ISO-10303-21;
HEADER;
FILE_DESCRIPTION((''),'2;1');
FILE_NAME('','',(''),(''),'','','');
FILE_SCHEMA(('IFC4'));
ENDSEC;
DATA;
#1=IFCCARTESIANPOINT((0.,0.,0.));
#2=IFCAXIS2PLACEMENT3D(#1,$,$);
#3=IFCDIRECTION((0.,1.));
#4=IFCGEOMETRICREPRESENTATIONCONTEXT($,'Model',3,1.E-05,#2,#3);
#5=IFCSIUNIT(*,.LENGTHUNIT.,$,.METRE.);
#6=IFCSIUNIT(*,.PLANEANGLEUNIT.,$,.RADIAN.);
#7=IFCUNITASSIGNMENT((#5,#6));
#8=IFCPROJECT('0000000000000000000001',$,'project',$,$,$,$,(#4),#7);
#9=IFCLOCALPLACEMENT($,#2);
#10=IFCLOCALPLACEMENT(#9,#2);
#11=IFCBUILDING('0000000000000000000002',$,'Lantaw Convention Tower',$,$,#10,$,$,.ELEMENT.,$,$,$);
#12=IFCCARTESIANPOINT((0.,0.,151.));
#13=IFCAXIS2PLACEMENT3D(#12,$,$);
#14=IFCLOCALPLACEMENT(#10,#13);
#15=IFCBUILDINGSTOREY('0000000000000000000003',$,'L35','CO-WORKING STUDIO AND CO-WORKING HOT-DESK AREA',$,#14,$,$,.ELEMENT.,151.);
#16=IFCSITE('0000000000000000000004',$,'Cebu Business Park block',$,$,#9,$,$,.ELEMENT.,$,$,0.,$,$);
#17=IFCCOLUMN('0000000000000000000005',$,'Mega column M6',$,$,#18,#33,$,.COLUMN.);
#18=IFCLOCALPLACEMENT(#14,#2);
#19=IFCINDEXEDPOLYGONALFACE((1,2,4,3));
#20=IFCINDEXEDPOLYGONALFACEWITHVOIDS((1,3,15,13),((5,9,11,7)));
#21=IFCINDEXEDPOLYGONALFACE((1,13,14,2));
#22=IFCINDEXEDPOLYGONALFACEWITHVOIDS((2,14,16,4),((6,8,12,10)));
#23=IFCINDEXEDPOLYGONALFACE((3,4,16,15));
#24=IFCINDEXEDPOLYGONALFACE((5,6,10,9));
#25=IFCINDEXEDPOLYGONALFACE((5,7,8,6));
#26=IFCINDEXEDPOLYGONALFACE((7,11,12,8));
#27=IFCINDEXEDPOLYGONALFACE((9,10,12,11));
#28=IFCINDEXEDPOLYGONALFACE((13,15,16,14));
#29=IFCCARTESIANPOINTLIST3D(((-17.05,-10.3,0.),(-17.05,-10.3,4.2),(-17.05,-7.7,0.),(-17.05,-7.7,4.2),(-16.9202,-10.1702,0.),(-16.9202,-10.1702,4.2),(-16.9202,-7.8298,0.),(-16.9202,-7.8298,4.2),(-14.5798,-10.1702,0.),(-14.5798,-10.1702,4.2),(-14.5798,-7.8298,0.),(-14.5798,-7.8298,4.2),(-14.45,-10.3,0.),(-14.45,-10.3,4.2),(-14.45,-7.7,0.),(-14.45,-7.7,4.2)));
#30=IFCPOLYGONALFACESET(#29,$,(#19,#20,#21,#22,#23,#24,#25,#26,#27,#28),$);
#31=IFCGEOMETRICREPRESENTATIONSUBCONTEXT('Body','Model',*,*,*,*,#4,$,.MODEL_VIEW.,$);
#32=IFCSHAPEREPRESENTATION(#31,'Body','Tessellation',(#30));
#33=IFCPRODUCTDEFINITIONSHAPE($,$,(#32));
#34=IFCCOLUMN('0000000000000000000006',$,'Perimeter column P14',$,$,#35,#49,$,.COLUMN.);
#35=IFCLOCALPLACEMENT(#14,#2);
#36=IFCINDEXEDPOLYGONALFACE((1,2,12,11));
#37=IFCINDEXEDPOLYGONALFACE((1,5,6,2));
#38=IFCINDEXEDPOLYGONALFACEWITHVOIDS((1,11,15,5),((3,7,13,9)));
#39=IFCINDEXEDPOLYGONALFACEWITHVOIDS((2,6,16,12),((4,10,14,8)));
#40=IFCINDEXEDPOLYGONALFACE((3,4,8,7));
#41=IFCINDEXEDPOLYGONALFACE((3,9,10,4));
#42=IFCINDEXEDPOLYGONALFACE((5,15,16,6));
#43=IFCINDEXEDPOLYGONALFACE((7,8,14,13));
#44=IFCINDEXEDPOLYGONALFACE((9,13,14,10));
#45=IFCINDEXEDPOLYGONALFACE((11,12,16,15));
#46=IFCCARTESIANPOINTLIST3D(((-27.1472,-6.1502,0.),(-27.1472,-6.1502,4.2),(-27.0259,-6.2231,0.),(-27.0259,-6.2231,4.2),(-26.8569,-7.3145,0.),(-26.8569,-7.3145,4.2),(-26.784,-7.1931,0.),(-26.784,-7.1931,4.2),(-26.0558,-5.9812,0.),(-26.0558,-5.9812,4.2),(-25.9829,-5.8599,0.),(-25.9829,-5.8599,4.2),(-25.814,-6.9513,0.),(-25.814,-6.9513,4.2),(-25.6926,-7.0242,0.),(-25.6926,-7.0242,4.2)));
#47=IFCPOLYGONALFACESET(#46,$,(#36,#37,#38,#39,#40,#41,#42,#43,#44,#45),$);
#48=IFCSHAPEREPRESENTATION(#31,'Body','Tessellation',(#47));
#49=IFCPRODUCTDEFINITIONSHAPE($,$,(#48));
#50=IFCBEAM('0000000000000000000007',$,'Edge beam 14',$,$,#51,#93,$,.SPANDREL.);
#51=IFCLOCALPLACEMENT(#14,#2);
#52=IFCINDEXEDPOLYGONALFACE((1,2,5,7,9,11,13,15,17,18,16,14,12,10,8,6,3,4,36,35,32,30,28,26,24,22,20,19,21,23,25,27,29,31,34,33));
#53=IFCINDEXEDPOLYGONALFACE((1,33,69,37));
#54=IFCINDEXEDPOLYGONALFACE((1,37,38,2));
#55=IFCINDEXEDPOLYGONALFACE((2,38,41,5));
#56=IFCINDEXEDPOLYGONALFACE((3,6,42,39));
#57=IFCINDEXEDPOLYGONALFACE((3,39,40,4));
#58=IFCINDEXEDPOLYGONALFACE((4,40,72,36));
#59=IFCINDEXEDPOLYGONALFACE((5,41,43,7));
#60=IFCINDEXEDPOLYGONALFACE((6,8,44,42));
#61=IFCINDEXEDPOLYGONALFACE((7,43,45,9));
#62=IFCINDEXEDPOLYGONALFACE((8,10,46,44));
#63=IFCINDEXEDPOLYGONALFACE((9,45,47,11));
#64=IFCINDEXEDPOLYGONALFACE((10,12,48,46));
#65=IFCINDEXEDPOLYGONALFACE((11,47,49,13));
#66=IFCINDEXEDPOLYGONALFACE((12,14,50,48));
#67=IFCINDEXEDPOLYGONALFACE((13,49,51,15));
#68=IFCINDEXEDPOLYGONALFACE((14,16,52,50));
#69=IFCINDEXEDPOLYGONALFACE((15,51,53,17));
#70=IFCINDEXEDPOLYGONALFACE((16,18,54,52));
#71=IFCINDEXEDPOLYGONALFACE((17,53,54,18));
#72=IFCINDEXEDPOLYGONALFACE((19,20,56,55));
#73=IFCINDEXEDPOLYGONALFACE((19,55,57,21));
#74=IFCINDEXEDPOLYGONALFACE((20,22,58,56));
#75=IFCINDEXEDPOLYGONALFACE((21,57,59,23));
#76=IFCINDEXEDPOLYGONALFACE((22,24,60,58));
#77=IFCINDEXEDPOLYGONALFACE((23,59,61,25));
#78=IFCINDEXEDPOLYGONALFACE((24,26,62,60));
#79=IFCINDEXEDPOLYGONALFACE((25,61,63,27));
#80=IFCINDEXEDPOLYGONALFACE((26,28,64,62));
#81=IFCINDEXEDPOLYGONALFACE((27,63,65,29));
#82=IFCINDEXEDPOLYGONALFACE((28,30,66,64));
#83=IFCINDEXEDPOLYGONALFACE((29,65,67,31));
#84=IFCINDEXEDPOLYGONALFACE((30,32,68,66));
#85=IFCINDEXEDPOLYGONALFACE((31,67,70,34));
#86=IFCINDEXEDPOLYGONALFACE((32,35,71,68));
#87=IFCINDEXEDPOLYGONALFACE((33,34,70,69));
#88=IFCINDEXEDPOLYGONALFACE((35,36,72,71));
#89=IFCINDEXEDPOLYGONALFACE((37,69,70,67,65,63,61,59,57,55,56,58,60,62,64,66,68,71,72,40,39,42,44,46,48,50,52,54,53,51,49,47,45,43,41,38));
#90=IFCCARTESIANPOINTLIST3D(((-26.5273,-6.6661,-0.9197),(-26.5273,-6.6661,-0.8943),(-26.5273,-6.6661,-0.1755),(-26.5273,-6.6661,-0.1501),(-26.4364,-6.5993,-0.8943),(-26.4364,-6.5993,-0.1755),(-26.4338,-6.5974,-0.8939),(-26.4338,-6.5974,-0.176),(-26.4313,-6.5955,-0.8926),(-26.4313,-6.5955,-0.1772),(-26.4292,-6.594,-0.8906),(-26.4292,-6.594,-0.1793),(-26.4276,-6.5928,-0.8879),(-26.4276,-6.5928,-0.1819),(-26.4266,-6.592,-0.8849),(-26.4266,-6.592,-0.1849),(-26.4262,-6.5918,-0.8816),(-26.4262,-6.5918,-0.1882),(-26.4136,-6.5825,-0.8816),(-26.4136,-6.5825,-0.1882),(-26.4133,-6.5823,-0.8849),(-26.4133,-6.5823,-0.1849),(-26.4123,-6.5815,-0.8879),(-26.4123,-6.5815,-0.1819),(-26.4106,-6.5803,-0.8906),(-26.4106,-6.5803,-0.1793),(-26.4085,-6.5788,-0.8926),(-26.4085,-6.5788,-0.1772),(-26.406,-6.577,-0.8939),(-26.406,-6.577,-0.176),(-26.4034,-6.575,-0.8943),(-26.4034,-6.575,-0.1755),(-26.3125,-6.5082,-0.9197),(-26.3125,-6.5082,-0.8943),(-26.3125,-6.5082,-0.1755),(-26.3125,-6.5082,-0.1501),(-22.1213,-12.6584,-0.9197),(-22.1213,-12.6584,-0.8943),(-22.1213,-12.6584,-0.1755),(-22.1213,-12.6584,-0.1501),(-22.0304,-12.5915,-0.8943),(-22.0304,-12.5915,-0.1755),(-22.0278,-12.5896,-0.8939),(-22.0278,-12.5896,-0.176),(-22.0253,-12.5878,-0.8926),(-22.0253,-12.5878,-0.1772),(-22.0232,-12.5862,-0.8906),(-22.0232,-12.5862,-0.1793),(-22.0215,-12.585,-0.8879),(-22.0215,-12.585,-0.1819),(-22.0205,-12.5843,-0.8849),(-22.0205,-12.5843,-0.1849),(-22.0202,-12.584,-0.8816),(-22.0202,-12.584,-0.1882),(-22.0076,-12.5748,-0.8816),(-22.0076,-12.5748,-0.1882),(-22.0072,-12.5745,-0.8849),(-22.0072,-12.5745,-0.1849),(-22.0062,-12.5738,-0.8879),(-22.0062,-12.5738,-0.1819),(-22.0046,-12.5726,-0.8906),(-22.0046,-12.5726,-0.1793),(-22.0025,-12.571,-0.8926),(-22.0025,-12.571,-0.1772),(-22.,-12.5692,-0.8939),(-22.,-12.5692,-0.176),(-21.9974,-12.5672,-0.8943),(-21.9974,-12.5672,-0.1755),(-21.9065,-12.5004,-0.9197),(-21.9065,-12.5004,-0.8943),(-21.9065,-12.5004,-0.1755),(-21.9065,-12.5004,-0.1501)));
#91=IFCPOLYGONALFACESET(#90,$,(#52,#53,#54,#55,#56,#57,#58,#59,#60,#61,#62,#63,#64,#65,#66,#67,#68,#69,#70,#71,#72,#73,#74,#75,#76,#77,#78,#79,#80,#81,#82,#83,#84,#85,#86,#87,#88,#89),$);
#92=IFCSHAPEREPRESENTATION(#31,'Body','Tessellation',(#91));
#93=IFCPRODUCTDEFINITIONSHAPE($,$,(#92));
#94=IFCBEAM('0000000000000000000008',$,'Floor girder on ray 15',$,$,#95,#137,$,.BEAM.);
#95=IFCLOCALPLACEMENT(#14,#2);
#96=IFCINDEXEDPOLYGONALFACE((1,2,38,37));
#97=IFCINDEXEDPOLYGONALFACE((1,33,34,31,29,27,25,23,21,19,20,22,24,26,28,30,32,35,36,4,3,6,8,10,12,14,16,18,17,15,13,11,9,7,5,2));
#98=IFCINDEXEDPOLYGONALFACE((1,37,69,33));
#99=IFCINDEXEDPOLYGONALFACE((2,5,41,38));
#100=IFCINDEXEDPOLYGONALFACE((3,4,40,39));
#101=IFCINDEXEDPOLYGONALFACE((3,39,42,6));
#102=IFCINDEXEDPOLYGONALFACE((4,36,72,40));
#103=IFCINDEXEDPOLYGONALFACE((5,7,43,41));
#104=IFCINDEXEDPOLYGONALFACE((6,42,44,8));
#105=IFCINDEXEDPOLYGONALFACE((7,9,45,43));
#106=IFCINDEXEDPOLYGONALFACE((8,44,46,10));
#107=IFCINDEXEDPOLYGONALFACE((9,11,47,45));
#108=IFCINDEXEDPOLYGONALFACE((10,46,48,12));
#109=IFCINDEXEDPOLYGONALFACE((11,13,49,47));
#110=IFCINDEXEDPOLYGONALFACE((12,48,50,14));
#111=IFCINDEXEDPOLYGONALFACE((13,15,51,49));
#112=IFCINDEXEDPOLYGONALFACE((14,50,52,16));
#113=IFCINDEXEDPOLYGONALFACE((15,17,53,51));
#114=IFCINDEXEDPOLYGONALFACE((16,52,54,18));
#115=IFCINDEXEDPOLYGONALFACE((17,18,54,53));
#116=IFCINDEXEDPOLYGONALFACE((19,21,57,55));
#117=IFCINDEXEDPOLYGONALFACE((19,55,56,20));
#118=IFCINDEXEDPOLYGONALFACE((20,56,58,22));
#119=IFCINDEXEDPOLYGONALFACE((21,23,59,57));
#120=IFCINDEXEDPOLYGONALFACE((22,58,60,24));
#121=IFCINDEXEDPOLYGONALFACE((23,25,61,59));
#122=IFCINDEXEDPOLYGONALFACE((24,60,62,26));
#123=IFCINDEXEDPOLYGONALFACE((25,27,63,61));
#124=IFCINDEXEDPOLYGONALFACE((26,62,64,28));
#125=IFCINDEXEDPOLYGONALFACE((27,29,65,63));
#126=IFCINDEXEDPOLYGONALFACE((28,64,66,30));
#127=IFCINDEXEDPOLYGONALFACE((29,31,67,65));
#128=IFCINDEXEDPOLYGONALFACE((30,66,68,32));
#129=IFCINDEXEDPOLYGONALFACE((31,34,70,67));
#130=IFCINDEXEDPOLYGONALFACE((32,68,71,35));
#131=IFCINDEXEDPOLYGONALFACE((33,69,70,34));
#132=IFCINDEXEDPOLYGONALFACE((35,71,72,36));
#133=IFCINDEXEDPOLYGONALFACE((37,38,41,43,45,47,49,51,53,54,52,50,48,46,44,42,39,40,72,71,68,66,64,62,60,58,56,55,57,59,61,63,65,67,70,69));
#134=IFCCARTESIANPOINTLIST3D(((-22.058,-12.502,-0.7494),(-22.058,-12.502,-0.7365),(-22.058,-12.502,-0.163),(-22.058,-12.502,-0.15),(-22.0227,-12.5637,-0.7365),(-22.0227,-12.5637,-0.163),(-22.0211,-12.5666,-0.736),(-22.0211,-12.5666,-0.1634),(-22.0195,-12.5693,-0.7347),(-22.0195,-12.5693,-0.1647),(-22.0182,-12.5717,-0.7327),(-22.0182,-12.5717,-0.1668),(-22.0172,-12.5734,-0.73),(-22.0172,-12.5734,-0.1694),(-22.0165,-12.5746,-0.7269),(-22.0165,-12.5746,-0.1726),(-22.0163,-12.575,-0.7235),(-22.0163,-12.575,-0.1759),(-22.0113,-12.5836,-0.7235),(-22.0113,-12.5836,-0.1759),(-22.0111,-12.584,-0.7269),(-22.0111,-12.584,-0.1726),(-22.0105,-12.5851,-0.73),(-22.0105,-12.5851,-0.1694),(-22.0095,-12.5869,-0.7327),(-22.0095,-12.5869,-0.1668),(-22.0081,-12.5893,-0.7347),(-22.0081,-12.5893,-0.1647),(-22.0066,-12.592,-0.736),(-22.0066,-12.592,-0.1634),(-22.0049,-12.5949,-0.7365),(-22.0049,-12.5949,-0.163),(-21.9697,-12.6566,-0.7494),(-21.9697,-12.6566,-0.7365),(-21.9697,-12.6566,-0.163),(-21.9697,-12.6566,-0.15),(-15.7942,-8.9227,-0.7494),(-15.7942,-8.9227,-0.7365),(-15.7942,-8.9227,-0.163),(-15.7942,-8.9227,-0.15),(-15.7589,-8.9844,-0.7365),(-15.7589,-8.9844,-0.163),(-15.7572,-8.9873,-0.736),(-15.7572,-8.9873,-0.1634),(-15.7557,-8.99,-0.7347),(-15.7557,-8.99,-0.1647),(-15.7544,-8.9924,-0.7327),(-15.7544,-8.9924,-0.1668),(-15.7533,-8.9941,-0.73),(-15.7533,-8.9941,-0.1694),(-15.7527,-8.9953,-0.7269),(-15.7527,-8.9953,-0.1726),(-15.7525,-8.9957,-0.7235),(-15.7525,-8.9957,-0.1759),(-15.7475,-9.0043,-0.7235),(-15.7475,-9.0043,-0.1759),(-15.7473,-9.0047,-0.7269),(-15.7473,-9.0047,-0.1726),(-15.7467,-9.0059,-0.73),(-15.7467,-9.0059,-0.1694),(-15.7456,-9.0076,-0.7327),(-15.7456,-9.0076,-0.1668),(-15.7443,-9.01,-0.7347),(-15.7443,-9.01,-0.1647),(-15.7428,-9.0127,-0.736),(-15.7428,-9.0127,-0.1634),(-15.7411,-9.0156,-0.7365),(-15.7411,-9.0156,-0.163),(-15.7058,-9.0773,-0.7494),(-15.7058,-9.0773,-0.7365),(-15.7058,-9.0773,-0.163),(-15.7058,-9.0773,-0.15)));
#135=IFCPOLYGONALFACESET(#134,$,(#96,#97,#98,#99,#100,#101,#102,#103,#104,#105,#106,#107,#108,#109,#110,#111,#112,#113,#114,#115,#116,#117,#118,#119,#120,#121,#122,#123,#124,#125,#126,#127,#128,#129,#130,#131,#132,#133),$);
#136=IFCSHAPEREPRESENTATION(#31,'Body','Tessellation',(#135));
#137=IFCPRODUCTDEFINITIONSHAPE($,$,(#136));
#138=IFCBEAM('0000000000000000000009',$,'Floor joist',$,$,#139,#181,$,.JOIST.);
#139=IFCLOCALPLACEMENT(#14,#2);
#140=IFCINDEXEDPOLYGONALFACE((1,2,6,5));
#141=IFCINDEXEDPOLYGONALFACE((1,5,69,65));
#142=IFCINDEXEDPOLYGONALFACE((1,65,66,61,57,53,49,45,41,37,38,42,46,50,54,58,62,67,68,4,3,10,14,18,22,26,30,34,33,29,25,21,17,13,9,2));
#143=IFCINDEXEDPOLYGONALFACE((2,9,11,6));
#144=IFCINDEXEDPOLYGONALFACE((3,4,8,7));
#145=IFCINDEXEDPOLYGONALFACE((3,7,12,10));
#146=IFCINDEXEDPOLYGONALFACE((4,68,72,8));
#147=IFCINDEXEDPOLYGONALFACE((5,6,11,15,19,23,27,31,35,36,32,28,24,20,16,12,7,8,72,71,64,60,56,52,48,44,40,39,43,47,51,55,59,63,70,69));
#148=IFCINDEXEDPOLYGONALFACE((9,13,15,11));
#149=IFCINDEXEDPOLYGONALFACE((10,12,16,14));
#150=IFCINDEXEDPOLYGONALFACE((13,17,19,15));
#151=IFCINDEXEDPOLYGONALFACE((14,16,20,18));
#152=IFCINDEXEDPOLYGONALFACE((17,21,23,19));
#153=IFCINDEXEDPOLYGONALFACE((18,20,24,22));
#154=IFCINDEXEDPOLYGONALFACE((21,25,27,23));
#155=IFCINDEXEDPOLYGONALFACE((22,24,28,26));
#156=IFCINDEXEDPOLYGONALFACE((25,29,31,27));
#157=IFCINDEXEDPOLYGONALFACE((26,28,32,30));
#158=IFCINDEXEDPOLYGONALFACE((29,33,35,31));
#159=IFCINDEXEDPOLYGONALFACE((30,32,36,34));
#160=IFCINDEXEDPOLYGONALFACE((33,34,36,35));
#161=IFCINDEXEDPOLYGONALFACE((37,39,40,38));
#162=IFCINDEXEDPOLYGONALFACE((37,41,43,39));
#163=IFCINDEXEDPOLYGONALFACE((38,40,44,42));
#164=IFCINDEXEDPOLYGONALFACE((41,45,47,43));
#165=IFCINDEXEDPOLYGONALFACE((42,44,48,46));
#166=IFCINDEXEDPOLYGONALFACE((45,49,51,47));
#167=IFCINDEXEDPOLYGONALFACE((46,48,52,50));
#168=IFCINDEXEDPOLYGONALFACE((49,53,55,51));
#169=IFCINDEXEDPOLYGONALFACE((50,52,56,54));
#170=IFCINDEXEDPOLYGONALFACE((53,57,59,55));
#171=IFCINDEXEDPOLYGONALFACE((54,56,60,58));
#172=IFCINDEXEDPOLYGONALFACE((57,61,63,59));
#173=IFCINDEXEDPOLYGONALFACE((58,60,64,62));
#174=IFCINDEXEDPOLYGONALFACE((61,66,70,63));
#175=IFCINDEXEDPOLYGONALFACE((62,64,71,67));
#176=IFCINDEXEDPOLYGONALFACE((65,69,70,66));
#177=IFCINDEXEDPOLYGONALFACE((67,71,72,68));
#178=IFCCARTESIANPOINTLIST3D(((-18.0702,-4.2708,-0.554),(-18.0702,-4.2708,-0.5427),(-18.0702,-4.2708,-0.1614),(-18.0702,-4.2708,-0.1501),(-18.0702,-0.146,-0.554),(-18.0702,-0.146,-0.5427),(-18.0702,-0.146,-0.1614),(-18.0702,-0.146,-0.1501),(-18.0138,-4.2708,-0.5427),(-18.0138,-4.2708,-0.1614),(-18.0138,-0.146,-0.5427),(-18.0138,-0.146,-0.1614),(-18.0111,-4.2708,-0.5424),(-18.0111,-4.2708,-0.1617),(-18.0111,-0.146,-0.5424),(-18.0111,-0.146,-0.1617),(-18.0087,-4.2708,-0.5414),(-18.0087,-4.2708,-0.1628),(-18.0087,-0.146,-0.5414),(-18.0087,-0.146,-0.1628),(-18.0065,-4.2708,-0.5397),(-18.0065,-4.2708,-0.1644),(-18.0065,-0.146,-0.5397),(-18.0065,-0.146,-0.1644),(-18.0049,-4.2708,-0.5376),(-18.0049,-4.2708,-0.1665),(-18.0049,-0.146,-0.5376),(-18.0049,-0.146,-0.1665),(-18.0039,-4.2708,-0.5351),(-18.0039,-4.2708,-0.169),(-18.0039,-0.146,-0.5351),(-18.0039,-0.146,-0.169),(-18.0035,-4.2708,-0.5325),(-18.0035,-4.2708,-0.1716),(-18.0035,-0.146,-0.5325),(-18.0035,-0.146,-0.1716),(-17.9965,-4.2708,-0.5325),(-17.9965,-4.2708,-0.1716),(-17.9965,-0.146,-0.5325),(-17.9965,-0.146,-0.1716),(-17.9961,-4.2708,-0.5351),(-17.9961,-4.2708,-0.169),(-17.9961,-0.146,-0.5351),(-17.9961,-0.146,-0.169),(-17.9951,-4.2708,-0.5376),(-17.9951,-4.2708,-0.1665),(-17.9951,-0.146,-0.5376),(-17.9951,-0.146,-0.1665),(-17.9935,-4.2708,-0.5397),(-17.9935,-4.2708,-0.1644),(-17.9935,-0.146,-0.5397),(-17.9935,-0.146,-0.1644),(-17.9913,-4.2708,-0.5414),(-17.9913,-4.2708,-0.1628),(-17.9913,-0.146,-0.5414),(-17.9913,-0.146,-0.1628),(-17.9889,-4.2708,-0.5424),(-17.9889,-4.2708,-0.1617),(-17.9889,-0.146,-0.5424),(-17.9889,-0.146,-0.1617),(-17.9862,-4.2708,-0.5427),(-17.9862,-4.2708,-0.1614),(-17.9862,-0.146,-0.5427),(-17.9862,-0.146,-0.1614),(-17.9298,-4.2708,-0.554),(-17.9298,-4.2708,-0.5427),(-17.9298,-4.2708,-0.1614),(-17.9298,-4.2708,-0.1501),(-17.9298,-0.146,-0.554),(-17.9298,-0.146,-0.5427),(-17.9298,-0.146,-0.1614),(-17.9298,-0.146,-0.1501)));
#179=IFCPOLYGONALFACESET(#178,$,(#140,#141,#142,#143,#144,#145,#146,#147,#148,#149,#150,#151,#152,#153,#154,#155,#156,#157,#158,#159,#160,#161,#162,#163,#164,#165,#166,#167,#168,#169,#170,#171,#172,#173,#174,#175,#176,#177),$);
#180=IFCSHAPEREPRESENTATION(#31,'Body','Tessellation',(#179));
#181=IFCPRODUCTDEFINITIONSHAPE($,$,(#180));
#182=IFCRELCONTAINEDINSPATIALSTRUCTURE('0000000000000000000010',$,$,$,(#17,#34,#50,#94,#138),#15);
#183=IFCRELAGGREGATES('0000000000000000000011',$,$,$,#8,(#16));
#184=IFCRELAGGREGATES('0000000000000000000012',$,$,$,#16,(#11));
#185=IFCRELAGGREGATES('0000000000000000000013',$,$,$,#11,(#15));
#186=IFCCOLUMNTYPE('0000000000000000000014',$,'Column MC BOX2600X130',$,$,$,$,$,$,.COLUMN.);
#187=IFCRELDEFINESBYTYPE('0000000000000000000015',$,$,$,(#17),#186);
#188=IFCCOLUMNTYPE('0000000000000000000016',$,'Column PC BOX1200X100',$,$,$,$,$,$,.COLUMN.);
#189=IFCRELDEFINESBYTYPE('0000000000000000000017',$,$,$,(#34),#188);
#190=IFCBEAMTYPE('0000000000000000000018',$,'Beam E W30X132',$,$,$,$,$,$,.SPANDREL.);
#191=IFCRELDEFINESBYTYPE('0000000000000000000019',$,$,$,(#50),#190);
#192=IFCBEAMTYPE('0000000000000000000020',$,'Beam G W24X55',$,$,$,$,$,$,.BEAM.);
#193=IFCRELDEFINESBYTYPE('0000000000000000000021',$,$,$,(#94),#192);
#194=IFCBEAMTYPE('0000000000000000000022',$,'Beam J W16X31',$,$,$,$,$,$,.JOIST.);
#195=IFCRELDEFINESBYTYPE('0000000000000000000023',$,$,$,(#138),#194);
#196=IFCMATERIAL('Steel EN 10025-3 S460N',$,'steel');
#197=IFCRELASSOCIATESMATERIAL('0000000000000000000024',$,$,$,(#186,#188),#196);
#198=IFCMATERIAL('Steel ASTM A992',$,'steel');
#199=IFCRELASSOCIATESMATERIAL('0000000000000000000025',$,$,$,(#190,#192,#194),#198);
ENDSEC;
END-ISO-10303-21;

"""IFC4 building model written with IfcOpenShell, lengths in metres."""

from ifc_helpers import new_model, si_unit, direction, frame, origin, origin_2d, place, context, subcontext, project, spatial, rectangle, hollow_rectangle, i_section, extrude, material, material_profile, profile_set, type_object, element, save


model = new_model("IFC4")

# Units and contexts
model_context = context("Model", 3, precision=1e-05, world=origin(), true_north=direction((0.0, 1.0)))
body_context = subcontext(model_context, "Body", "Model", "MODEL_VIEW")
ifc_project = project(units=[si_unit("LENGTHUNIT", "METRE"), si_unit("PLANEANGLEUNIT", "RADIAN")], contexts=[model_context])

# Site, building, storey
site_placement = place(None, origin())
site = spatial("IfcSite", under=ifc_project, at=site_placement, Name="Cebu Business Park block", CompositionType="ELEMENT", RefElevation=0.0)
building_placement = place(site_placement, origin())
building = spatial("IfcBuilding", under=site, at=building_placement, Name="Lantaw Convention Tower", CompositionType="ELEMENT")
storey_placement = place(building_placement, frame((0.0, 0.0, 151.0)))
storey = spatial("IfcBuildingStorey", under=building, at=storey_placement, Name="L35", Description="CO-WORKING STUDIO AND CO-WORKING HOT-DESK AREA", CompositionType="ELEMENT", Elevation=151.0)

# Columns
ifc_material_1 = material(Name="Steel EN 10025-3 S460N", Category="steel")
ifc_material_profile_1 = material_profile(ifc_material_1, hollow_rectangle(XDim=2.6001, YDim=2.6001, WallThickness=0.1299, at=origin_2d()), Name="BOX2600X130")
ifc_material_2 = material(Name="Concrete C60/75", Category="concrete")
ifc_material_profile_2 = material_profile(ifc_material_2, rectangle(XDim=2.3401, YDim=2.3401, at=origin_2d()), Name="Concrete fill of BOX2600X130")
ifc_profile_set_1 = profile_set([ifc_material_profile_1, ifc_material_profile_2], Name="Steel EN 10025-3 S460N")
column_type_1 = type_object("IfcColumnType", Name="Column MC BOX2600X130", PredefinedType="COLUMN", material=ifc_profile_set_1)
column_1_placement = place(storey_placement, frame((-15.75, -9.0, 0.0), z_axis=(0.0, 0.0, 1.0), x_axis=(1.0, 0.0, 0.0)))
element("IfcColumn", 1, at=column_1_placement, inside=storey, type_object=column_type_1, Name="Mega column M6", PredefinedType="COLUMN", context=body_context, shape_type="SweptSolid", body=[
    extrude(hollow_rectangle(XDim=2.6001, YDim=2.6001, WallThickness=0.1299, at=origin_2d()), origin(), (0.0, 0.0, 1.0), 4.2),
])
ifc_material_profile_3 = material_profile(ifc_material_1, hollow_rectangle(XDim=1.2, YDim=1.2, WallThickness=0.1001, at=origin_2d()), Name="BOX1200X100")
ifc_material_profile_4 = material_profile(ifc_material_2, rectangle(XDim=1.0, YDim=1.0, at=origin_2d()), Name="Concrete fill of BOX1200X100")
ifc_profile_set_2 = profile_set([ifc_material_profile_3, ifc_material_profile_4], Name="Steel EN 10025-3 S460N")
column_type_2 = type_object("IfcColumnType", Name="Column PC BOX1200X100", PredefinedType="COLUMN", material=ifc_profile_set_2)
column_2_placement = place(storey_placement, frame((-26.4199, -6.5872, 0.0), z_axis=(0.0, 0.0, 1.0), x_axis=(0.970296, 0.241922, 0.0)))
element("IfcColumn", 2, at=column_2_placement, inside=storey, type_object=column_type_2, Name="Perimeter column P14", PredefinedType="COLUMN", context=body_context, shape_type="SweptSolid", body=[
    extrude(hollow_rectangle(XDim=1.2, YDim=1.2, WallThickness=0.1001, at=origin_2d()), origin(), (0.0, 0.0, 1.0), 4.2),
])

# Beams
ifc_material_3 = material(Name="Steel ASTM A992", Category="steel")
ifc_material_profile_5 = material_profile(ifc_material_3, i_section(OverallWidth=0.2666, OverallDepth=0.7695, WebThickness=0.0156, FlangeThickness=0.0254, FilletRadius=0.0127, at=origin_2d()), Name="W30X132")
ifc_profile_set_3 = profile_set([ifc_material_profile_5], Name="Steel ASTM A992")
beam_type_1 = type_object("IfcBeamType", Name="Beam E W30X132", PredefinedType="SPANDREL", material=ifc_profile_set_3)
beam_1_placement = place(storey_placement, frame((-26.4199, -6.5872, -0.5349), z_axis=(0.592389, -0.805652, 0.0), x_axis=(0.805652, 0.592389, 0.0)))
element("IfcBeam", 3, at=beam_1_placement, inside=storey, type_object=beam_type_1, Name="Edge beam 14", PredefinedType="SPANDREL", context=body_context, shape_type="SweptSolid", body=[
    extrude(i_section(OverallWidth=0.2666, OverallDepth=0.7695, WebThickness=0.0156, FlangeThickness=0.0254, FilletRadius=0.0127, at=origin_2d()), origin(), (0.0, 0.0, 1.0), 7.4377),
])
ifc_material_profile_6 = material_profile(ifc_material_3, i_section(OverallWidth=0.178, OverallDepth=0.5994, WebThickness=0.01, FlangeThickness=0.0129, FilletRadius=0.0129, at=origin_2d()), Name="W24X55")
ifc_profile_set_4 = profile_set([ifc_material_profile_6], Name="Steel ASTM A992")
beam_type_2 = type_object("IfcBeamType", Name="Beam G W24X55", PredefinedType="BEAM", material=ifc_profile_set_4)
beam_2_placement = place(storey_placement, frame((-15.75, -9.0, -0.4497), z_axis=(-0.868245, -0.496135, 0.0), x_axis=(0.496135, -0.868245, 0.0)))
element("IfcBeam", 4, at=beam_2_placement, inside=storey, type_object=beam_type_2, Name="Floor girder on ray 15", PredefinedType="BEAM", context=body_context, shape_type="SweptSolid", body=[
    extrude(i_section(OverallWidth=0.178, OverallDepth=0.5994, WebThickness=0.01, FlangeThickness=0.0129, FilletRadius=0.0129, at=origin_2d()), origin(), (0.0, 0.0, 1.0), 7.2144),
])
ifc_material_profile_7 = material_profile(ifc_material_3, i_section(OverallWidth=0.1404, OverallDepth=0.4038, WebThickness=0.0071, FlangeThickness=0.0112, FilletRadius=0.0103, at=origin_2d()), Name="W16X31")
ifc_profile_set_5 = profile_set([ifc_material_profile_7], Name="Steel ASTM A992")
beam_type_3 = type_object("IfcBeamType", Name="Beam J W16X31", PredefinedType="JOIST", material=ifc_profile_set_5)
beam_3_placement = place(storey_placement, frame((-18.0, -4.2708, -0.3521), z_axis=(0.0, 1.0, 0.0), x_axis=(-1.0, 0.0, 0.0)))
element("IfcBeam", 5, at=beam_3_placement, inside=storey, type_object=beam_type_3, Name="Floor joist", PredefinedType="JOIST", context=body_context, shape_type="SweptSolid", body=[
    extrude(i_section(OverallWidth=0.1404, OverallDepth=0.4038, WebThickness=0.0071, FlangeThickness=0.0112, FilletRadius=0.0103, at=origin_2d()), origin(), (0.0, 0.0, 1.0), 4.1248),
])

save(model, "model.ifc")
